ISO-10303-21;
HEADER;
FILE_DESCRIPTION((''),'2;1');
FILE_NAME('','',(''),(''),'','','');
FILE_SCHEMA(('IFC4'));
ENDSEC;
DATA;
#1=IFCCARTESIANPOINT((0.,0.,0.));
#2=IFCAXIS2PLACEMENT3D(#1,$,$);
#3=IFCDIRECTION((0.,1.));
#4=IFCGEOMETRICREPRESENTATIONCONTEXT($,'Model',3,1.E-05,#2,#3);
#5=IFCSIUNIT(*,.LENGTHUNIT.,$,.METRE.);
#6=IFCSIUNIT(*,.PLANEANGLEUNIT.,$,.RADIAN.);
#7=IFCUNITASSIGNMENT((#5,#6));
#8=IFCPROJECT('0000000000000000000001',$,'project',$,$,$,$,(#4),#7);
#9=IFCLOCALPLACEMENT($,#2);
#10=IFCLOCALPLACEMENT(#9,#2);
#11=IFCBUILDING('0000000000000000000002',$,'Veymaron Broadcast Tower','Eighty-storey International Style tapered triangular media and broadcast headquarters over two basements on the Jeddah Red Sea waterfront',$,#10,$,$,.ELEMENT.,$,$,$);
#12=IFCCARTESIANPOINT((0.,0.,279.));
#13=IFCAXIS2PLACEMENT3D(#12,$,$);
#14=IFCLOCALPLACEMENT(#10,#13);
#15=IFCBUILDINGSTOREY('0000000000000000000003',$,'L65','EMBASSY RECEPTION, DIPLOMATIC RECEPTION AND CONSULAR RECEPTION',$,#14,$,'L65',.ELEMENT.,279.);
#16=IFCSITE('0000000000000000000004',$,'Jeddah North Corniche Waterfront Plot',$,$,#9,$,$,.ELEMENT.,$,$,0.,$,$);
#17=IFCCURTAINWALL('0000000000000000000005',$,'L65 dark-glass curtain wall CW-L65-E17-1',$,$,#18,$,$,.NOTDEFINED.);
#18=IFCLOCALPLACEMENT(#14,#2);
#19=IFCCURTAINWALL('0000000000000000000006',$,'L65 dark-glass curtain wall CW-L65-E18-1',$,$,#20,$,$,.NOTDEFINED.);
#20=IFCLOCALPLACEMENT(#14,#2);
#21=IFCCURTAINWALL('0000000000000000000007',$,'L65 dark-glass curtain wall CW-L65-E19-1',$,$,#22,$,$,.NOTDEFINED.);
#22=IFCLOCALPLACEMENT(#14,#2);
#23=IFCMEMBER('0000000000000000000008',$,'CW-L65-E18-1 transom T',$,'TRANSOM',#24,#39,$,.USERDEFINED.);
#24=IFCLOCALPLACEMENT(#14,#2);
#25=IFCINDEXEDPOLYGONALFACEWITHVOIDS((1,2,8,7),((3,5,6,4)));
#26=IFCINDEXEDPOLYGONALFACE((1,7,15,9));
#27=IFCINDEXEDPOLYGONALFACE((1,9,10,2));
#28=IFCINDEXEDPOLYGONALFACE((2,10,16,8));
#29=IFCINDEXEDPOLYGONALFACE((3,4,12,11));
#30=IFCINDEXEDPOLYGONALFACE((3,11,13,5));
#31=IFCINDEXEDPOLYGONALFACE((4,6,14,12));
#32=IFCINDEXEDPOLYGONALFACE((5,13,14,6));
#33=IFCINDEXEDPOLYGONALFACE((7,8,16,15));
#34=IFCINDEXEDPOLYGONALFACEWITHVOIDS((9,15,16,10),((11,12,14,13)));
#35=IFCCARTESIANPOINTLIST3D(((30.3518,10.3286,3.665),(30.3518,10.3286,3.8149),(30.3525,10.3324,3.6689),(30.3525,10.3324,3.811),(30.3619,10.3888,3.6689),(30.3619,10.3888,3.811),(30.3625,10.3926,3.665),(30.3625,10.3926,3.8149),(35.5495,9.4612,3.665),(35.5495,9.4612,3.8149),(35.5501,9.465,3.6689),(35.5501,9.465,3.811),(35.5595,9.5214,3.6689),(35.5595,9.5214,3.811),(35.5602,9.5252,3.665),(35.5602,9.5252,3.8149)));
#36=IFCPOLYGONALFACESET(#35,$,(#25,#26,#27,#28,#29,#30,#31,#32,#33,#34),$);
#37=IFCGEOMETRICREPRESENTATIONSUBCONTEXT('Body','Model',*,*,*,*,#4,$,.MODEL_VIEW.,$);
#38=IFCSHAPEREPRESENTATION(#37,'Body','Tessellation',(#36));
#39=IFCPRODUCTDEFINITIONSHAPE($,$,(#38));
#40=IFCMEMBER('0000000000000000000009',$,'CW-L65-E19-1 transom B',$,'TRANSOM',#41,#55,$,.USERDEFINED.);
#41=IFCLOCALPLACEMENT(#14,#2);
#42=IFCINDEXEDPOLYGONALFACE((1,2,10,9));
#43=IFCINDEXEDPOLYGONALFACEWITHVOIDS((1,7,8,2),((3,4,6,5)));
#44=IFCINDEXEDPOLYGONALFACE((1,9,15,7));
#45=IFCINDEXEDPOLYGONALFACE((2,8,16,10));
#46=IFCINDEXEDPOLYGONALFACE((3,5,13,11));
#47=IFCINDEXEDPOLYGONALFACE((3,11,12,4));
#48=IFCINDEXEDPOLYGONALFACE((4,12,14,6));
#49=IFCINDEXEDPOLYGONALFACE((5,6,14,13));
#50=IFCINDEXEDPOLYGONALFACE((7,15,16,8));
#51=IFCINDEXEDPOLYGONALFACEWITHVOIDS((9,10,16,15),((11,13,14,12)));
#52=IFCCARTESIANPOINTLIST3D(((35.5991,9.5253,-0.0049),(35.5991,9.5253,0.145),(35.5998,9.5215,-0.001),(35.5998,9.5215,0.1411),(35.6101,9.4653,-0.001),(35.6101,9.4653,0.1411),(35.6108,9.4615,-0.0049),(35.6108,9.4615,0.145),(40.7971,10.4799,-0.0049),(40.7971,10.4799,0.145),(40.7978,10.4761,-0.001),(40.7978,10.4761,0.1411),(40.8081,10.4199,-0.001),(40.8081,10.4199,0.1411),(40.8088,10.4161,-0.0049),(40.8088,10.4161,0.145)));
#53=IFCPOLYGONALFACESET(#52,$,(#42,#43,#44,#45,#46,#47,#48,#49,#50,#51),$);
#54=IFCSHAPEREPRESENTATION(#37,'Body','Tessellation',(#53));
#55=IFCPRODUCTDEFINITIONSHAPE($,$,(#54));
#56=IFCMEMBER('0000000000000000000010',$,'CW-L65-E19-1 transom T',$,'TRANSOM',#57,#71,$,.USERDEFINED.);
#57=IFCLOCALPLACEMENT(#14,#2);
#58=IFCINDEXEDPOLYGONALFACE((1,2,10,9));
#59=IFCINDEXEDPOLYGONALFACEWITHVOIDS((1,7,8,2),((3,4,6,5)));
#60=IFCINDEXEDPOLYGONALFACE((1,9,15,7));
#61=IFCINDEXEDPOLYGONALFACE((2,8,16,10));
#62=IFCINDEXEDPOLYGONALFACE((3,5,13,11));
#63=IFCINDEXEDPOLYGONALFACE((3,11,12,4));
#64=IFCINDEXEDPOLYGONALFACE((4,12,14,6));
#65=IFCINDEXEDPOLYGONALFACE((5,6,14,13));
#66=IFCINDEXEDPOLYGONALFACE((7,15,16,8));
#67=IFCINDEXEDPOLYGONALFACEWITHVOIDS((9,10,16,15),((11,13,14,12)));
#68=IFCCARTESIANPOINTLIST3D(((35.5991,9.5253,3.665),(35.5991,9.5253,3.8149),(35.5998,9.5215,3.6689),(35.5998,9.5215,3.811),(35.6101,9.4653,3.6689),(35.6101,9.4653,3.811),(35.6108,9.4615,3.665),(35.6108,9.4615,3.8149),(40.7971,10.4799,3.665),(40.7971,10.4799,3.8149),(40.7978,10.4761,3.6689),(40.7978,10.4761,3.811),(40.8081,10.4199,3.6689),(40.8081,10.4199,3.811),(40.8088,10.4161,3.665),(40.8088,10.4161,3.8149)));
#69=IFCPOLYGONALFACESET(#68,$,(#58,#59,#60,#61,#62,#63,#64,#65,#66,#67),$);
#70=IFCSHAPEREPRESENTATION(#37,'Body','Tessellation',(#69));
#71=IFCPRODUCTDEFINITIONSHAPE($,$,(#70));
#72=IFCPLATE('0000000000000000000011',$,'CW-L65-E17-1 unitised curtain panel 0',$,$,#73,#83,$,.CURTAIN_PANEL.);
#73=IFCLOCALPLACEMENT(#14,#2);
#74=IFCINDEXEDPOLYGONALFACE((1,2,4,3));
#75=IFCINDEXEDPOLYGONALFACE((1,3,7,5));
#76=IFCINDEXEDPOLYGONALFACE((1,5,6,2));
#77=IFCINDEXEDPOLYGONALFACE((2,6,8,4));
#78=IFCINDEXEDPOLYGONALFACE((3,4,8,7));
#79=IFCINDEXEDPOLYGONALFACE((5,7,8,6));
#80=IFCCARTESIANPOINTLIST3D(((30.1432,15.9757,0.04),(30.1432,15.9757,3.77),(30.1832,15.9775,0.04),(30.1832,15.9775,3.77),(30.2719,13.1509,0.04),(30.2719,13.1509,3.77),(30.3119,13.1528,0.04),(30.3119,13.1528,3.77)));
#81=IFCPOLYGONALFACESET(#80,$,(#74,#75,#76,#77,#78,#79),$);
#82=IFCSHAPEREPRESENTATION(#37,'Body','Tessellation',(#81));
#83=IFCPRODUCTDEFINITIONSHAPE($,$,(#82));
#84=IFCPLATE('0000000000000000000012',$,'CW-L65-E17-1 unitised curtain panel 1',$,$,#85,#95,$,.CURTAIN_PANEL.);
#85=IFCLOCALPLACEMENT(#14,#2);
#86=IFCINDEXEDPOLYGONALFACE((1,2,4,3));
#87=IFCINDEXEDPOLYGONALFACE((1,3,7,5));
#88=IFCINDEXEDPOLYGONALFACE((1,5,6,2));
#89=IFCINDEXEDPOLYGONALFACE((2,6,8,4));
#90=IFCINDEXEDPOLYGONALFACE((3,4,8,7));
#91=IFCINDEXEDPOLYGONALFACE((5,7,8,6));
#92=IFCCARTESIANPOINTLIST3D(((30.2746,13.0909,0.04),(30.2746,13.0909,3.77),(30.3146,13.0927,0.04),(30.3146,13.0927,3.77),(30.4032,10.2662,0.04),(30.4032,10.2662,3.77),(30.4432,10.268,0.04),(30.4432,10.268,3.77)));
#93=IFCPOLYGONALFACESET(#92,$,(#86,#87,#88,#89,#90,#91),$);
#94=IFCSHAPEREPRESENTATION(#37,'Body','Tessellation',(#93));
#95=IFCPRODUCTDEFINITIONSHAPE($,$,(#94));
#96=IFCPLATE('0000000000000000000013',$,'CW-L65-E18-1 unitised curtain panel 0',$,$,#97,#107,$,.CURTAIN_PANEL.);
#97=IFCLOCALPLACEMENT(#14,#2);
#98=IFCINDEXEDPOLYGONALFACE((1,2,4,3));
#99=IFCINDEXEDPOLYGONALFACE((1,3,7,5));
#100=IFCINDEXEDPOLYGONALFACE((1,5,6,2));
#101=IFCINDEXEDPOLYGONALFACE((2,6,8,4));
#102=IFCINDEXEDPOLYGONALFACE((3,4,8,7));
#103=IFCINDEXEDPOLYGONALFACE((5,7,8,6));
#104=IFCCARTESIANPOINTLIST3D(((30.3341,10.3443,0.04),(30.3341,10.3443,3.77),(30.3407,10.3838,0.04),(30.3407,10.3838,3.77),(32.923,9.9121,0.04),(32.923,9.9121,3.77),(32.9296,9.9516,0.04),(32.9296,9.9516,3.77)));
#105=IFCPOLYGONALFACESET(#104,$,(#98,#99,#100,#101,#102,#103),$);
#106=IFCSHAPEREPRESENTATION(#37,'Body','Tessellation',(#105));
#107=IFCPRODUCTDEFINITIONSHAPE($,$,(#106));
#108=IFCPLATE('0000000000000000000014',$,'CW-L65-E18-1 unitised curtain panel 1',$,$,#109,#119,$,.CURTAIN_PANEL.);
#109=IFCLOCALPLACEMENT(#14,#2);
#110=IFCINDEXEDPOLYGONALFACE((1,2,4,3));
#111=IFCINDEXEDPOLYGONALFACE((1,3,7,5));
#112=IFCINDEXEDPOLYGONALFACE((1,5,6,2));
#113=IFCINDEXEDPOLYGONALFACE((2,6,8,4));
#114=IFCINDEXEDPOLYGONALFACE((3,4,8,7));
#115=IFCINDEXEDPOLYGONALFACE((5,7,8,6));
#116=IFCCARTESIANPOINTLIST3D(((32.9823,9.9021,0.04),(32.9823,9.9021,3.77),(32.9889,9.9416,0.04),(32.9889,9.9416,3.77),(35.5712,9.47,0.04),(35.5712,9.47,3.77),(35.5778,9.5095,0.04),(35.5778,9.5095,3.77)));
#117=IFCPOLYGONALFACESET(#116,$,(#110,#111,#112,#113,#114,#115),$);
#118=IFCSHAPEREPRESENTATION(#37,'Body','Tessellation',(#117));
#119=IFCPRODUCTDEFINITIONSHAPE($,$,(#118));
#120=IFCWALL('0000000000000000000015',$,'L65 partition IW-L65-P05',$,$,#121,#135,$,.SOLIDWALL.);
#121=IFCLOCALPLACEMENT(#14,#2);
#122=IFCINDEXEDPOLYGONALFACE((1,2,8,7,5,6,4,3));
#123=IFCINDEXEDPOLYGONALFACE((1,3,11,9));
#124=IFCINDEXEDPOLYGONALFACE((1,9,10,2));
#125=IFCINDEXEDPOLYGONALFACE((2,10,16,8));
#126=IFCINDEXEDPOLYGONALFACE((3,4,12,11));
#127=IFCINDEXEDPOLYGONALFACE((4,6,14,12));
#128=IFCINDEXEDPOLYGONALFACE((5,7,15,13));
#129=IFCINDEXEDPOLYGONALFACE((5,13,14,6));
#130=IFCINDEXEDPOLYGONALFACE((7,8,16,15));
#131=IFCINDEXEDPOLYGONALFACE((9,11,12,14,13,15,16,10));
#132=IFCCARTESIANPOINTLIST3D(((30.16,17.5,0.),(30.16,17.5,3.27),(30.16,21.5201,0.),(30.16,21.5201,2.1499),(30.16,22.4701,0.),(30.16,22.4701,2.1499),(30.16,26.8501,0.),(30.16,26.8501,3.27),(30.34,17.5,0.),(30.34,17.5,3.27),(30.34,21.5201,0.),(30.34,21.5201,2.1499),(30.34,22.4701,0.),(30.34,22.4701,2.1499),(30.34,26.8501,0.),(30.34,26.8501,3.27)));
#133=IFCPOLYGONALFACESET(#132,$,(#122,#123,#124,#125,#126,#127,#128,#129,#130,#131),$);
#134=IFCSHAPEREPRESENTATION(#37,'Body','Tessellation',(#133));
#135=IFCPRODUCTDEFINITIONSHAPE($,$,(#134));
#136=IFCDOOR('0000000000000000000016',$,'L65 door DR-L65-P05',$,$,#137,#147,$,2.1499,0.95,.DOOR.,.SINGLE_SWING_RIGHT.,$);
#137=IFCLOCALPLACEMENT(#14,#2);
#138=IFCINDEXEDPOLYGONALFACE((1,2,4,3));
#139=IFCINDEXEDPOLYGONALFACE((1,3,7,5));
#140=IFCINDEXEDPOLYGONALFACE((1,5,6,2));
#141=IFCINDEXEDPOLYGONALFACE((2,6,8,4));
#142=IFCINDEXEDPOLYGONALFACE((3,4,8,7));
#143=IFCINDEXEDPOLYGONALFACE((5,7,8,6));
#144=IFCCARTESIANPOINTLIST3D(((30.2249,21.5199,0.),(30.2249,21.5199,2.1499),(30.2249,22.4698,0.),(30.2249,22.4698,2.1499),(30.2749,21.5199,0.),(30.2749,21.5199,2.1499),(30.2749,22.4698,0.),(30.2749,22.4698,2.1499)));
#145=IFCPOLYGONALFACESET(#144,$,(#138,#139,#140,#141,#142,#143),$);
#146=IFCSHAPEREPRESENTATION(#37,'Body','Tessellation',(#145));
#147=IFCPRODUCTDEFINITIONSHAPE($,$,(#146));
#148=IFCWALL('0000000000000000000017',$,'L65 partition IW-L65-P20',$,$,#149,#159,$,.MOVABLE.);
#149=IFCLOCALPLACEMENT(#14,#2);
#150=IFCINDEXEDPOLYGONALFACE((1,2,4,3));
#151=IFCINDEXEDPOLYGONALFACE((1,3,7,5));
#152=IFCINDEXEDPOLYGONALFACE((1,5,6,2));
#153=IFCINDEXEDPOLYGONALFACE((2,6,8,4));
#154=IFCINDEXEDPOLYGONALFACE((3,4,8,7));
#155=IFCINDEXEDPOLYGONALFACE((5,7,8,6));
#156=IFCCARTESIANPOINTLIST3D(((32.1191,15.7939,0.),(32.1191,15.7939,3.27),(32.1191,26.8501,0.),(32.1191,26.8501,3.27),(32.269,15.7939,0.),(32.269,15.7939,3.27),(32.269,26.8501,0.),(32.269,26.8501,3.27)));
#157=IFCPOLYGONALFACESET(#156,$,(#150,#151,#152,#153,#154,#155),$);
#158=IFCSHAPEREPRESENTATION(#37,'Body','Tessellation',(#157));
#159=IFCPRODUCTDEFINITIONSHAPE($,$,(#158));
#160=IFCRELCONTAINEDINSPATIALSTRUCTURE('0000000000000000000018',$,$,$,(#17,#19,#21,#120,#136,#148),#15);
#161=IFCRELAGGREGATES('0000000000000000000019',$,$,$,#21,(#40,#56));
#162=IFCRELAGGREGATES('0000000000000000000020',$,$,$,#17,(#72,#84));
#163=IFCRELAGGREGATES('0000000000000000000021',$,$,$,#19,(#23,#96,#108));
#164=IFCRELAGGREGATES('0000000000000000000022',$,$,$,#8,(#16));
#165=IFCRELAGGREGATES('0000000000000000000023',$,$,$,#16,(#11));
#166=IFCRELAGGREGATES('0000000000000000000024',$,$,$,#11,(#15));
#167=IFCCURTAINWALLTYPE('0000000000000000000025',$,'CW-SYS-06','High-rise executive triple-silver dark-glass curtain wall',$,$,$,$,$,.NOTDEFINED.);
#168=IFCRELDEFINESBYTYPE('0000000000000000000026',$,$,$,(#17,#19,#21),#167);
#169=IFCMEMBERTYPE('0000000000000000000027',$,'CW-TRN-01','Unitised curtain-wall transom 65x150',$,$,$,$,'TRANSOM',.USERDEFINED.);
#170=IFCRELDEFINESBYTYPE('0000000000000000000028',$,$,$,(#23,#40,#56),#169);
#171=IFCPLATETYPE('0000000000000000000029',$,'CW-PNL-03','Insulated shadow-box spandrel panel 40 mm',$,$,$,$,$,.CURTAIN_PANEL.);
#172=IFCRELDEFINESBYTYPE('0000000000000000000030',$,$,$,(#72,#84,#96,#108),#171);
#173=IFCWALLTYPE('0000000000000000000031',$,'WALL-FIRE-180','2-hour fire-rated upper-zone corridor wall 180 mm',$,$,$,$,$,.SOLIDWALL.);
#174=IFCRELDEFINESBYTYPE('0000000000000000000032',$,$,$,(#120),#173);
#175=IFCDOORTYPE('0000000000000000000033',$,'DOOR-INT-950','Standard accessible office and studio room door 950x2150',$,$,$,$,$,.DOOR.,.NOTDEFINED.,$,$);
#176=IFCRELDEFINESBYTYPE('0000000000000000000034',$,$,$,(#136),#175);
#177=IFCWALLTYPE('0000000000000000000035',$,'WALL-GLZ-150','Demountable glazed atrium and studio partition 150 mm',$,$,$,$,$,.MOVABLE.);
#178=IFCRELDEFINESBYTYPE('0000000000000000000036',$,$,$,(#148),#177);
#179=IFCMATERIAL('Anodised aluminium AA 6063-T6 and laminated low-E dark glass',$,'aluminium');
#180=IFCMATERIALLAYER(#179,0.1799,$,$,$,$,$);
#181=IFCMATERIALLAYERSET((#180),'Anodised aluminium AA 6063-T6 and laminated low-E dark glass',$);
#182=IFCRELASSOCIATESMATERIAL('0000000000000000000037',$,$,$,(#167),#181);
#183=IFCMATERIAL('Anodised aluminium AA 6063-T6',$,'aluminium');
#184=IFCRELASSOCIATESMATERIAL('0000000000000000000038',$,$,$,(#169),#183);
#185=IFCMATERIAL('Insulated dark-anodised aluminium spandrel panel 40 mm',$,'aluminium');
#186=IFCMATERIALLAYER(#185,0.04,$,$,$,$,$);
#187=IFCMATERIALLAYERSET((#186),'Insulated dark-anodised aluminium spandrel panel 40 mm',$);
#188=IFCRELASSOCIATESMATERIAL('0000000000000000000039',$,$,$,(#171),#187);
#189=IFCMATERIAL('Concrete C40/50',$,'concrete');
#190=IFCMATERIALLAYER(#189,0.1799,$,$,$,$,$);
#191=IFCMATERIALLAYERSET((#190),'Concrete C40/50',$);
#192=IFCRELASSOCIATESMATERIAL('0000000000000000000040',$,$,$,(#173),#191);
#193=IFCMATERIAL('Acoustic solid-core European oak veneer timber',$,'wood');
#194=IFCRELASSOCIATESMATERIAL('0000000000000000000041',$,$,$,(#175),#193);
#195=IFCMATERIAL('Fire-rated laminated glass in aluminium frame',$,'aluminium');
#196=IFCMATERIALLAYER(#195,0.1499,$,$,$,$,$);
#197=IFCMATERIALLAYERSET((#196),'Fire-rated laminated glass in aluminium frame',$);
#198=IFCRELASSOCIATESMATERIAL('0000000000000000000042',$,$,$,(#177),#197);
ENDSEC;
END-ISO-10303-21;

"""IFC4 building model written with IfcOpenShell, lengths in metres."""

from ifc_helpers import new_model, si_unit, direction, frame, frame_2d, origin, origin_2d, place, context, subcontext, project, spatial, rectangle, hollow_rectangle, extrude, material, layer, layer_set, material_profile, profile_set, type_object, element, fill, aggregate, save


model = new_model("IFC4")

# Units and contexts
model_context = context("Model", 3, precision=1e-05, world=origin(), true_north=direction((0.0, 1.0)))
body_context = subcontext(model_context, "Body", "Model", "MODEL_VIEW")
ifc_project = project(units=[si_unit("LENGTHUNIT", "METRE"), si_unit("PLANEANGLEUNIT", "RADIAN")], contexts=[model_context])

# Site, building, storey
site_placement = place(None, origin())
site = spatial("IfcSite", under=ifc_project, at=site_placement, Name="Jeddah North Corniche Waterfront Plot", CompositionType="ELEMENT", RefElevation=0.0)
building_placement = place(site_placement, origin())
building = spatial("IfcBuilding", under=site, at=building_placement, Name="Veymaron Broadcast Tower", Description="Eighty-storey International Style tapered triangular media and broadcast headquarters over two basements on the Jeddah Red Sea waterfront", CompositionType="ELEMENT")
storey_placement = place(building_placement, frame((0.0, 0.0, 279.0)))
storey = spatial("IfcBuildingStorey", under=building, at=storey_placement, Name="L65", Description="EMBASSY RECEPTION, DIPLOMATIC RECEPTION AND CONSULAR RECEPTION", LongName="L65", CompositionType="ELEMENT", Elevation=279.0)

# Curtain walls
ifc_material_1 = material(Name="Anodised aluminium AA 6063-T6 and laminated low-E dark glass", Category="aluminium")
ifc_layer_1 = layer(ifc_material_1, 0.1799)
ifc_layer_set_1 = layer_set([ifc_layer_1], Name="Anodised aluminium AA 6063-T6 and laminated low-E dark glass")
curtain_wall_type = type_object("IfcCurtainWallType", Name="CW-SYS-06", Description="High-rise executive triple-silver dark-glass curtain wall", PredefinedType="NOTDEFINED", material=ifc_layer_set_1)
curtain_wall_1_placement = place(storey_placement, origin())
curtain_wall_1 = element("IfcCurtainWall", 1, at=curtain_wall_1_placement, inside=storey, type_object=curtain_wall_type, Name="L65 dark-glass curtain wall CW-L65-E17-1", PredefinedType="NOTDEFINED")
ifc_material_2 = material(Name="Anodised aluminium AA 6063-T6", Category="aluminium")
curtain_wall_2_placement = place(storey_placement, origin())
curtain_wall_2 = element("IfcCurtainWall", 2, at=curtain_wall_2_placement, inside=storey, type_object=curtain_wall_type, Name="L65 dark-glass curtain wall CW-L65-E18-1", PredefinedType="NOTDEFINED")

# Curtain wall
curtain_wall_3_placement = place(storey_placement, origin())
curtain_wall_3 = element("IfcCurtainWall", 3, at=curtain_wall_3_placement, inside=storey, type_object=curtain_wall_type, Name="L65 dark-glass curtain wall CW-L65-E19-1", PredefinedType="NOTDEFINED")

# Members
ifc_material_profile_1 = material_profile(ifc_material_2, hollow_rectangle(XDim=0.0649, YDim=0.1499, WallThickness=0.0039, at=origin_2d()), Name="AL150X65X4")
ifc_profile_set_1 = profile_set([ifc_material_profile_1], Name="Anodised aluminium AA 6063-T6")
member_type_1 = type_object("IfcMemberType", Name="CW-TRN-01", Description="Unitised curtain-wall transom 65x150", ElementType="TRANSOM", PredefinedType="USERDEFINED", material=ifc_profile_set_1)
member_1_placement = place(storey_placement, frame((30.3572, 10.3606, 3.74), z_axis=(0.986359, -0.164609, 0.0), x_axis=(0.164609, 0.986359, 0.0)))
member_1 = element("IfcMember", 4, at=member_1_placement, type_object=member_type_1, Name="CW-L65-E18-1 transom T", ObjectType="TRANSOM", PredefinedType="USERDEFINED", context=body_context, shape_type="SweptSolid", body=[
    extrude(hollow_rectangle(XDim=0.0649, YDim=0.1499, WallThickness=0.0039, at=origin_2d()), origin(), (0.0, 0.0, 1.0), 5.2695),
])
member_2_placement = place(storey_placement, frame((35.605, 9.4934, 0.0701), z_axis=(0.983552, 0.180625, 0.0), x_axis=(-0.180625, 0.983552, 0.0)))
member_2 = element("IfcMember", 5, at=member_2_placement, type_object=member_type_1, Name="CW-L65-E19-1 transom B", ObjectType="TRANSOM", PredefinedType="USERDEFINED", context=body_context, shape_type="SweptSolid", body=[
    extrude(hollow_rectangle(XDim=0.0649, YDim=0.1499, WallThickness=0.0039, at=origin_2d()), origin(), (0.0, 0.0, 1.0), 5.2849),
])
member_3_placement = place(storey_placement, frame((35.605, 9.4934, 3.74), z_axis=(0.983552, 0.180625, 0.0), x_axis=(-0.180625, 0.983552, 0.0)))
member_3 = element("IfcMember", 6, at=member_3_placement, type_object=member_type_1, Name="CW-L65-E19-1 transom T", ObjectType="TRANSOM", PredefinedType="USERDEFINED", context=body_context, shape_type="SweptSolid", body=[
    extrude(hollow_rectangle(XDim=0.0649, YDim=0.1499, WallThickness=0.0039, at=origin_2d()), origin(), (0.0, 0.0, 1.0), 5.2849),
])
aggregate(curtain_wall_3, [member_2, member_3])

# Plates
ifc_material_3 = material(Name="Insulated dark-anodised aluminium spandrel panel 40 mm", Category="aluminium")
ifc_layer_2 = layer(ifc_material_3, 0.04)
ifc_layer_set_2 = layer_set([ifc_layer_2], Name="Insulated dark-anodised aluminium spandrel panel 40 mm")
plate_type = type_object("IfcPlateType", Name="CW-PNL-03", Description="Insulated shadow-box spandrel panel 40 mm", PredefinedType="CURTAIN_PANEL", material=ifc_layer_set_2)
plate_1_placement = place(storey_placement, frame((30.2275, 14.5642, 0.04), z_axis=(0.0, 0.0, 1.0), x_axis=(0.045502, -0.998964, 0.0)))
plate_1 = element("IfcPlate", 7, at=plate_1_placement, type_object=plate_type, Name="CW-L65-E17-1 unitised curtain panel 0", PredefinedType="CURTAIN_PANEL", context=body_context, shape_type="SweptSolid", body=[
    extrude(rectangle(XDim=2.8276, YDim=0.04, at=origin_2d()), origin(), (0.0, 0.0, 1.0), 3.73),
])
plate_2_placement = place(storey_placement, frame((30.3589, 11.6794, 0.04), z_axis=(0.0, 0.0, 1.0), x_axis=(0.045502, -0.998964, 0.0)))
plate_2 = element("IfcPlate", 8, at=plate_2_placement, type_object=plate_type, Name="CW-L65-E17-1 unitised curtain panel 1", PredefinedType="CURTAIN_PANEL", context=body_context, shape_type="SweptSolid", body=[
    extrude(rectangle(XDim=2.8276, YDim=0.04, at=origin_2d()), origin(), (0.0, 0.0, 1.0), 3.73),
])
aggregate(curtain_wall_1, [plate_1, plate_2])
plate_3_placement = place(storey_placement, frame((31.6318, 10.1479, 0.04), z_axis=(0.0, 0.0, 1.0), x_axis=(0.986355, -0.164634, 0.0)))
plate_3 = element("IfcPlate", 9, at=plate_3_placement, type_object=plate_type, Name="CW-L65-E18-1 unitised curtain panel 0", PredefinedType="CURTAIN_PANEL", context=body_context, shape_type="SweptSolid", body=[
    extrude(rectangle(XDim=2.6248, YDim=0.04, at=origin_2d()), origin(), (0.0, 0.0, 1.0), 3.73),
])
plate_4_placement = place(storey_placement, frame((34.28, 9.7058, 0.04), z_axis=(0.0, 0.0, 1.0), x_axis=(0.986355, -0.164634, 0.0)))
plate_4 = element("IfcPlate", 10, at=plate_4_placement, type_object=plate_type, Name="CW-L65-E18-1 unitised curtain panel 1", PredefinedType="CURTAIN_PANEL", context=body_context, shape_type="SweptSolid", body=[
    extrude(rectangle(XDim=2.6248, YDim=0.04, at=origin_2d()), origin(), (0.0, 0.0, 1.0), 3.73),
])
aggregate(curtain_wall_2, [member_1, plate_3, plate_4])

# Wall, opening, door
ifc_material_4 = material(Name="Concrete C40/50", Category="concrete")
ifc_layer_3 = layer(ifc_material_4, 0.1799)
ifc_layer_set_3 = layer_set([ifc_layer_3], Name="Concrete C40/50")
wall_type_1 = type_object("IfcWallType", Name="WALL-FIRE-180", Description="2-hour fire-rated upper-zone corridor wall 180 mm", PredefinedType="SOLIDWALL", material=ifc_layer_set_3)
wall_1_placement = place(storey_placement, frame((30.25, 17.5, 0.0), z_axis=(0.0, 0.0, 1.0), x_axis=(0.0, 1.0, 0.0)))
wall_1 = element("IfcWall", 11, at=wall_1_placement, inside=storey, type_object=wall_type_1, Name="L65 partition IW-L65-P05", PredefinedType="SOLIDWALL", context=body_context, shape_type="SweptSolid", body=[
    extrude(rectangle(XDim=9.3501, YDim=0.1799, at=frame_2d((4.675, 0.0))), origin(), (0.0, 0.0, 1.0), 3.27),
])
opening_placement = place(wall_1_placement, frame((4.02, 0.0, 0.0)))
opening = element("IfcOpeningElement", 12, at=opening_placement, cuts=wall_1, PredefinedType="OPENING", context=body_context, shape_type="SweptSolid", body=[
    extrude(rectangle(XDim=0.95, YDim=2.1499, at=frame_2d((0.4751, 1.075))), frame((0.0, 0.1001, 0.0), z_axis=(0.0, -1.0, 0.0), x_axis=(1.0, 0.0, 0.0)), (0.0, 0.0, 1.0), 0.2),
])
ifc_material_5 = material(Name="Acoustic solid-core European oak veneer timber", Category="wood")
door_type = type_object("IfcDoorType", Name="DOOR-INT-950", Description="Standard accessible office and studio room door 950x2150", OperationType="NOTDEFINED", PredefinedType="DOOR", material=ifc_material_5)
door_placement = place(opening_placement, frame((0.95, 0.0, 0.0), z_axis=(0.0, 0.0, 1.0), x_axis=(-1.0, 0.0, 0.0)))
door = element("IfcDoor", 13, at=door_placement, inside=storey, type_object=door_type, Name="L65 door DR-L65-P05", OperationType="SINGLE_SWING_RIGHT", OverallHeight=2.1499, OverallWidth=0.95, PredefinedType="DOOR", context=body_context, shape_type="SweptSolid", body=[
    extrude(rectangle(XDim=0.95, YDim=2.1499, at=frame_2d((0.4751, 1.075))), frame((0.0, 0.0249, 0.0), z_axis=(0.0, -1.0, 0.0), x_axis=(1.0, 0.0, 0.0)), (0.0, 0.0, 1.0), 0.05),
])
fill(opening, door)

# Wall
ifc_material_6 = material(Name="Fire-rated laminated glass in aluminium frame", Category="aluminium")
ifc_layer_4 = layer(ifc_material_6, 0.1499)
ifc_layer_set_4 = layer_set([ifc_layer_4], Name="Fire-rated laminated glass in aluminium frame")
wall_type_2 = type_object("IfcWallType", Name="WALL-GLZ-150", Description="Demountable glazed atrium and studio partition 150 mm", PredefinedType="MOVABLE", material=ifc_layer_set_4)
wall_2_placement = place(storey_placement, frame((32.1941, 15.7939, 0.0), z_axis=(0.0, 0.0, 1.0), x_axis=(0.0, 1.0, 0.0)))
element("IfcWall", 14, at=wall_2_placement, inside=storey, type_object=wall_type_2, Name="L65 partition IW-L65-P20", PredefinedType="MOVABLE", context=body_context, shape_type="SweptSolid", body=[
    extrude(rectangle(XDim=11.0562, YDim=0.1499, at=frame_2d((5.5281, 0.0))), origin(), (0.0, 0.0, 1.0), 3.27),
])

save(model, "model.ifc")
